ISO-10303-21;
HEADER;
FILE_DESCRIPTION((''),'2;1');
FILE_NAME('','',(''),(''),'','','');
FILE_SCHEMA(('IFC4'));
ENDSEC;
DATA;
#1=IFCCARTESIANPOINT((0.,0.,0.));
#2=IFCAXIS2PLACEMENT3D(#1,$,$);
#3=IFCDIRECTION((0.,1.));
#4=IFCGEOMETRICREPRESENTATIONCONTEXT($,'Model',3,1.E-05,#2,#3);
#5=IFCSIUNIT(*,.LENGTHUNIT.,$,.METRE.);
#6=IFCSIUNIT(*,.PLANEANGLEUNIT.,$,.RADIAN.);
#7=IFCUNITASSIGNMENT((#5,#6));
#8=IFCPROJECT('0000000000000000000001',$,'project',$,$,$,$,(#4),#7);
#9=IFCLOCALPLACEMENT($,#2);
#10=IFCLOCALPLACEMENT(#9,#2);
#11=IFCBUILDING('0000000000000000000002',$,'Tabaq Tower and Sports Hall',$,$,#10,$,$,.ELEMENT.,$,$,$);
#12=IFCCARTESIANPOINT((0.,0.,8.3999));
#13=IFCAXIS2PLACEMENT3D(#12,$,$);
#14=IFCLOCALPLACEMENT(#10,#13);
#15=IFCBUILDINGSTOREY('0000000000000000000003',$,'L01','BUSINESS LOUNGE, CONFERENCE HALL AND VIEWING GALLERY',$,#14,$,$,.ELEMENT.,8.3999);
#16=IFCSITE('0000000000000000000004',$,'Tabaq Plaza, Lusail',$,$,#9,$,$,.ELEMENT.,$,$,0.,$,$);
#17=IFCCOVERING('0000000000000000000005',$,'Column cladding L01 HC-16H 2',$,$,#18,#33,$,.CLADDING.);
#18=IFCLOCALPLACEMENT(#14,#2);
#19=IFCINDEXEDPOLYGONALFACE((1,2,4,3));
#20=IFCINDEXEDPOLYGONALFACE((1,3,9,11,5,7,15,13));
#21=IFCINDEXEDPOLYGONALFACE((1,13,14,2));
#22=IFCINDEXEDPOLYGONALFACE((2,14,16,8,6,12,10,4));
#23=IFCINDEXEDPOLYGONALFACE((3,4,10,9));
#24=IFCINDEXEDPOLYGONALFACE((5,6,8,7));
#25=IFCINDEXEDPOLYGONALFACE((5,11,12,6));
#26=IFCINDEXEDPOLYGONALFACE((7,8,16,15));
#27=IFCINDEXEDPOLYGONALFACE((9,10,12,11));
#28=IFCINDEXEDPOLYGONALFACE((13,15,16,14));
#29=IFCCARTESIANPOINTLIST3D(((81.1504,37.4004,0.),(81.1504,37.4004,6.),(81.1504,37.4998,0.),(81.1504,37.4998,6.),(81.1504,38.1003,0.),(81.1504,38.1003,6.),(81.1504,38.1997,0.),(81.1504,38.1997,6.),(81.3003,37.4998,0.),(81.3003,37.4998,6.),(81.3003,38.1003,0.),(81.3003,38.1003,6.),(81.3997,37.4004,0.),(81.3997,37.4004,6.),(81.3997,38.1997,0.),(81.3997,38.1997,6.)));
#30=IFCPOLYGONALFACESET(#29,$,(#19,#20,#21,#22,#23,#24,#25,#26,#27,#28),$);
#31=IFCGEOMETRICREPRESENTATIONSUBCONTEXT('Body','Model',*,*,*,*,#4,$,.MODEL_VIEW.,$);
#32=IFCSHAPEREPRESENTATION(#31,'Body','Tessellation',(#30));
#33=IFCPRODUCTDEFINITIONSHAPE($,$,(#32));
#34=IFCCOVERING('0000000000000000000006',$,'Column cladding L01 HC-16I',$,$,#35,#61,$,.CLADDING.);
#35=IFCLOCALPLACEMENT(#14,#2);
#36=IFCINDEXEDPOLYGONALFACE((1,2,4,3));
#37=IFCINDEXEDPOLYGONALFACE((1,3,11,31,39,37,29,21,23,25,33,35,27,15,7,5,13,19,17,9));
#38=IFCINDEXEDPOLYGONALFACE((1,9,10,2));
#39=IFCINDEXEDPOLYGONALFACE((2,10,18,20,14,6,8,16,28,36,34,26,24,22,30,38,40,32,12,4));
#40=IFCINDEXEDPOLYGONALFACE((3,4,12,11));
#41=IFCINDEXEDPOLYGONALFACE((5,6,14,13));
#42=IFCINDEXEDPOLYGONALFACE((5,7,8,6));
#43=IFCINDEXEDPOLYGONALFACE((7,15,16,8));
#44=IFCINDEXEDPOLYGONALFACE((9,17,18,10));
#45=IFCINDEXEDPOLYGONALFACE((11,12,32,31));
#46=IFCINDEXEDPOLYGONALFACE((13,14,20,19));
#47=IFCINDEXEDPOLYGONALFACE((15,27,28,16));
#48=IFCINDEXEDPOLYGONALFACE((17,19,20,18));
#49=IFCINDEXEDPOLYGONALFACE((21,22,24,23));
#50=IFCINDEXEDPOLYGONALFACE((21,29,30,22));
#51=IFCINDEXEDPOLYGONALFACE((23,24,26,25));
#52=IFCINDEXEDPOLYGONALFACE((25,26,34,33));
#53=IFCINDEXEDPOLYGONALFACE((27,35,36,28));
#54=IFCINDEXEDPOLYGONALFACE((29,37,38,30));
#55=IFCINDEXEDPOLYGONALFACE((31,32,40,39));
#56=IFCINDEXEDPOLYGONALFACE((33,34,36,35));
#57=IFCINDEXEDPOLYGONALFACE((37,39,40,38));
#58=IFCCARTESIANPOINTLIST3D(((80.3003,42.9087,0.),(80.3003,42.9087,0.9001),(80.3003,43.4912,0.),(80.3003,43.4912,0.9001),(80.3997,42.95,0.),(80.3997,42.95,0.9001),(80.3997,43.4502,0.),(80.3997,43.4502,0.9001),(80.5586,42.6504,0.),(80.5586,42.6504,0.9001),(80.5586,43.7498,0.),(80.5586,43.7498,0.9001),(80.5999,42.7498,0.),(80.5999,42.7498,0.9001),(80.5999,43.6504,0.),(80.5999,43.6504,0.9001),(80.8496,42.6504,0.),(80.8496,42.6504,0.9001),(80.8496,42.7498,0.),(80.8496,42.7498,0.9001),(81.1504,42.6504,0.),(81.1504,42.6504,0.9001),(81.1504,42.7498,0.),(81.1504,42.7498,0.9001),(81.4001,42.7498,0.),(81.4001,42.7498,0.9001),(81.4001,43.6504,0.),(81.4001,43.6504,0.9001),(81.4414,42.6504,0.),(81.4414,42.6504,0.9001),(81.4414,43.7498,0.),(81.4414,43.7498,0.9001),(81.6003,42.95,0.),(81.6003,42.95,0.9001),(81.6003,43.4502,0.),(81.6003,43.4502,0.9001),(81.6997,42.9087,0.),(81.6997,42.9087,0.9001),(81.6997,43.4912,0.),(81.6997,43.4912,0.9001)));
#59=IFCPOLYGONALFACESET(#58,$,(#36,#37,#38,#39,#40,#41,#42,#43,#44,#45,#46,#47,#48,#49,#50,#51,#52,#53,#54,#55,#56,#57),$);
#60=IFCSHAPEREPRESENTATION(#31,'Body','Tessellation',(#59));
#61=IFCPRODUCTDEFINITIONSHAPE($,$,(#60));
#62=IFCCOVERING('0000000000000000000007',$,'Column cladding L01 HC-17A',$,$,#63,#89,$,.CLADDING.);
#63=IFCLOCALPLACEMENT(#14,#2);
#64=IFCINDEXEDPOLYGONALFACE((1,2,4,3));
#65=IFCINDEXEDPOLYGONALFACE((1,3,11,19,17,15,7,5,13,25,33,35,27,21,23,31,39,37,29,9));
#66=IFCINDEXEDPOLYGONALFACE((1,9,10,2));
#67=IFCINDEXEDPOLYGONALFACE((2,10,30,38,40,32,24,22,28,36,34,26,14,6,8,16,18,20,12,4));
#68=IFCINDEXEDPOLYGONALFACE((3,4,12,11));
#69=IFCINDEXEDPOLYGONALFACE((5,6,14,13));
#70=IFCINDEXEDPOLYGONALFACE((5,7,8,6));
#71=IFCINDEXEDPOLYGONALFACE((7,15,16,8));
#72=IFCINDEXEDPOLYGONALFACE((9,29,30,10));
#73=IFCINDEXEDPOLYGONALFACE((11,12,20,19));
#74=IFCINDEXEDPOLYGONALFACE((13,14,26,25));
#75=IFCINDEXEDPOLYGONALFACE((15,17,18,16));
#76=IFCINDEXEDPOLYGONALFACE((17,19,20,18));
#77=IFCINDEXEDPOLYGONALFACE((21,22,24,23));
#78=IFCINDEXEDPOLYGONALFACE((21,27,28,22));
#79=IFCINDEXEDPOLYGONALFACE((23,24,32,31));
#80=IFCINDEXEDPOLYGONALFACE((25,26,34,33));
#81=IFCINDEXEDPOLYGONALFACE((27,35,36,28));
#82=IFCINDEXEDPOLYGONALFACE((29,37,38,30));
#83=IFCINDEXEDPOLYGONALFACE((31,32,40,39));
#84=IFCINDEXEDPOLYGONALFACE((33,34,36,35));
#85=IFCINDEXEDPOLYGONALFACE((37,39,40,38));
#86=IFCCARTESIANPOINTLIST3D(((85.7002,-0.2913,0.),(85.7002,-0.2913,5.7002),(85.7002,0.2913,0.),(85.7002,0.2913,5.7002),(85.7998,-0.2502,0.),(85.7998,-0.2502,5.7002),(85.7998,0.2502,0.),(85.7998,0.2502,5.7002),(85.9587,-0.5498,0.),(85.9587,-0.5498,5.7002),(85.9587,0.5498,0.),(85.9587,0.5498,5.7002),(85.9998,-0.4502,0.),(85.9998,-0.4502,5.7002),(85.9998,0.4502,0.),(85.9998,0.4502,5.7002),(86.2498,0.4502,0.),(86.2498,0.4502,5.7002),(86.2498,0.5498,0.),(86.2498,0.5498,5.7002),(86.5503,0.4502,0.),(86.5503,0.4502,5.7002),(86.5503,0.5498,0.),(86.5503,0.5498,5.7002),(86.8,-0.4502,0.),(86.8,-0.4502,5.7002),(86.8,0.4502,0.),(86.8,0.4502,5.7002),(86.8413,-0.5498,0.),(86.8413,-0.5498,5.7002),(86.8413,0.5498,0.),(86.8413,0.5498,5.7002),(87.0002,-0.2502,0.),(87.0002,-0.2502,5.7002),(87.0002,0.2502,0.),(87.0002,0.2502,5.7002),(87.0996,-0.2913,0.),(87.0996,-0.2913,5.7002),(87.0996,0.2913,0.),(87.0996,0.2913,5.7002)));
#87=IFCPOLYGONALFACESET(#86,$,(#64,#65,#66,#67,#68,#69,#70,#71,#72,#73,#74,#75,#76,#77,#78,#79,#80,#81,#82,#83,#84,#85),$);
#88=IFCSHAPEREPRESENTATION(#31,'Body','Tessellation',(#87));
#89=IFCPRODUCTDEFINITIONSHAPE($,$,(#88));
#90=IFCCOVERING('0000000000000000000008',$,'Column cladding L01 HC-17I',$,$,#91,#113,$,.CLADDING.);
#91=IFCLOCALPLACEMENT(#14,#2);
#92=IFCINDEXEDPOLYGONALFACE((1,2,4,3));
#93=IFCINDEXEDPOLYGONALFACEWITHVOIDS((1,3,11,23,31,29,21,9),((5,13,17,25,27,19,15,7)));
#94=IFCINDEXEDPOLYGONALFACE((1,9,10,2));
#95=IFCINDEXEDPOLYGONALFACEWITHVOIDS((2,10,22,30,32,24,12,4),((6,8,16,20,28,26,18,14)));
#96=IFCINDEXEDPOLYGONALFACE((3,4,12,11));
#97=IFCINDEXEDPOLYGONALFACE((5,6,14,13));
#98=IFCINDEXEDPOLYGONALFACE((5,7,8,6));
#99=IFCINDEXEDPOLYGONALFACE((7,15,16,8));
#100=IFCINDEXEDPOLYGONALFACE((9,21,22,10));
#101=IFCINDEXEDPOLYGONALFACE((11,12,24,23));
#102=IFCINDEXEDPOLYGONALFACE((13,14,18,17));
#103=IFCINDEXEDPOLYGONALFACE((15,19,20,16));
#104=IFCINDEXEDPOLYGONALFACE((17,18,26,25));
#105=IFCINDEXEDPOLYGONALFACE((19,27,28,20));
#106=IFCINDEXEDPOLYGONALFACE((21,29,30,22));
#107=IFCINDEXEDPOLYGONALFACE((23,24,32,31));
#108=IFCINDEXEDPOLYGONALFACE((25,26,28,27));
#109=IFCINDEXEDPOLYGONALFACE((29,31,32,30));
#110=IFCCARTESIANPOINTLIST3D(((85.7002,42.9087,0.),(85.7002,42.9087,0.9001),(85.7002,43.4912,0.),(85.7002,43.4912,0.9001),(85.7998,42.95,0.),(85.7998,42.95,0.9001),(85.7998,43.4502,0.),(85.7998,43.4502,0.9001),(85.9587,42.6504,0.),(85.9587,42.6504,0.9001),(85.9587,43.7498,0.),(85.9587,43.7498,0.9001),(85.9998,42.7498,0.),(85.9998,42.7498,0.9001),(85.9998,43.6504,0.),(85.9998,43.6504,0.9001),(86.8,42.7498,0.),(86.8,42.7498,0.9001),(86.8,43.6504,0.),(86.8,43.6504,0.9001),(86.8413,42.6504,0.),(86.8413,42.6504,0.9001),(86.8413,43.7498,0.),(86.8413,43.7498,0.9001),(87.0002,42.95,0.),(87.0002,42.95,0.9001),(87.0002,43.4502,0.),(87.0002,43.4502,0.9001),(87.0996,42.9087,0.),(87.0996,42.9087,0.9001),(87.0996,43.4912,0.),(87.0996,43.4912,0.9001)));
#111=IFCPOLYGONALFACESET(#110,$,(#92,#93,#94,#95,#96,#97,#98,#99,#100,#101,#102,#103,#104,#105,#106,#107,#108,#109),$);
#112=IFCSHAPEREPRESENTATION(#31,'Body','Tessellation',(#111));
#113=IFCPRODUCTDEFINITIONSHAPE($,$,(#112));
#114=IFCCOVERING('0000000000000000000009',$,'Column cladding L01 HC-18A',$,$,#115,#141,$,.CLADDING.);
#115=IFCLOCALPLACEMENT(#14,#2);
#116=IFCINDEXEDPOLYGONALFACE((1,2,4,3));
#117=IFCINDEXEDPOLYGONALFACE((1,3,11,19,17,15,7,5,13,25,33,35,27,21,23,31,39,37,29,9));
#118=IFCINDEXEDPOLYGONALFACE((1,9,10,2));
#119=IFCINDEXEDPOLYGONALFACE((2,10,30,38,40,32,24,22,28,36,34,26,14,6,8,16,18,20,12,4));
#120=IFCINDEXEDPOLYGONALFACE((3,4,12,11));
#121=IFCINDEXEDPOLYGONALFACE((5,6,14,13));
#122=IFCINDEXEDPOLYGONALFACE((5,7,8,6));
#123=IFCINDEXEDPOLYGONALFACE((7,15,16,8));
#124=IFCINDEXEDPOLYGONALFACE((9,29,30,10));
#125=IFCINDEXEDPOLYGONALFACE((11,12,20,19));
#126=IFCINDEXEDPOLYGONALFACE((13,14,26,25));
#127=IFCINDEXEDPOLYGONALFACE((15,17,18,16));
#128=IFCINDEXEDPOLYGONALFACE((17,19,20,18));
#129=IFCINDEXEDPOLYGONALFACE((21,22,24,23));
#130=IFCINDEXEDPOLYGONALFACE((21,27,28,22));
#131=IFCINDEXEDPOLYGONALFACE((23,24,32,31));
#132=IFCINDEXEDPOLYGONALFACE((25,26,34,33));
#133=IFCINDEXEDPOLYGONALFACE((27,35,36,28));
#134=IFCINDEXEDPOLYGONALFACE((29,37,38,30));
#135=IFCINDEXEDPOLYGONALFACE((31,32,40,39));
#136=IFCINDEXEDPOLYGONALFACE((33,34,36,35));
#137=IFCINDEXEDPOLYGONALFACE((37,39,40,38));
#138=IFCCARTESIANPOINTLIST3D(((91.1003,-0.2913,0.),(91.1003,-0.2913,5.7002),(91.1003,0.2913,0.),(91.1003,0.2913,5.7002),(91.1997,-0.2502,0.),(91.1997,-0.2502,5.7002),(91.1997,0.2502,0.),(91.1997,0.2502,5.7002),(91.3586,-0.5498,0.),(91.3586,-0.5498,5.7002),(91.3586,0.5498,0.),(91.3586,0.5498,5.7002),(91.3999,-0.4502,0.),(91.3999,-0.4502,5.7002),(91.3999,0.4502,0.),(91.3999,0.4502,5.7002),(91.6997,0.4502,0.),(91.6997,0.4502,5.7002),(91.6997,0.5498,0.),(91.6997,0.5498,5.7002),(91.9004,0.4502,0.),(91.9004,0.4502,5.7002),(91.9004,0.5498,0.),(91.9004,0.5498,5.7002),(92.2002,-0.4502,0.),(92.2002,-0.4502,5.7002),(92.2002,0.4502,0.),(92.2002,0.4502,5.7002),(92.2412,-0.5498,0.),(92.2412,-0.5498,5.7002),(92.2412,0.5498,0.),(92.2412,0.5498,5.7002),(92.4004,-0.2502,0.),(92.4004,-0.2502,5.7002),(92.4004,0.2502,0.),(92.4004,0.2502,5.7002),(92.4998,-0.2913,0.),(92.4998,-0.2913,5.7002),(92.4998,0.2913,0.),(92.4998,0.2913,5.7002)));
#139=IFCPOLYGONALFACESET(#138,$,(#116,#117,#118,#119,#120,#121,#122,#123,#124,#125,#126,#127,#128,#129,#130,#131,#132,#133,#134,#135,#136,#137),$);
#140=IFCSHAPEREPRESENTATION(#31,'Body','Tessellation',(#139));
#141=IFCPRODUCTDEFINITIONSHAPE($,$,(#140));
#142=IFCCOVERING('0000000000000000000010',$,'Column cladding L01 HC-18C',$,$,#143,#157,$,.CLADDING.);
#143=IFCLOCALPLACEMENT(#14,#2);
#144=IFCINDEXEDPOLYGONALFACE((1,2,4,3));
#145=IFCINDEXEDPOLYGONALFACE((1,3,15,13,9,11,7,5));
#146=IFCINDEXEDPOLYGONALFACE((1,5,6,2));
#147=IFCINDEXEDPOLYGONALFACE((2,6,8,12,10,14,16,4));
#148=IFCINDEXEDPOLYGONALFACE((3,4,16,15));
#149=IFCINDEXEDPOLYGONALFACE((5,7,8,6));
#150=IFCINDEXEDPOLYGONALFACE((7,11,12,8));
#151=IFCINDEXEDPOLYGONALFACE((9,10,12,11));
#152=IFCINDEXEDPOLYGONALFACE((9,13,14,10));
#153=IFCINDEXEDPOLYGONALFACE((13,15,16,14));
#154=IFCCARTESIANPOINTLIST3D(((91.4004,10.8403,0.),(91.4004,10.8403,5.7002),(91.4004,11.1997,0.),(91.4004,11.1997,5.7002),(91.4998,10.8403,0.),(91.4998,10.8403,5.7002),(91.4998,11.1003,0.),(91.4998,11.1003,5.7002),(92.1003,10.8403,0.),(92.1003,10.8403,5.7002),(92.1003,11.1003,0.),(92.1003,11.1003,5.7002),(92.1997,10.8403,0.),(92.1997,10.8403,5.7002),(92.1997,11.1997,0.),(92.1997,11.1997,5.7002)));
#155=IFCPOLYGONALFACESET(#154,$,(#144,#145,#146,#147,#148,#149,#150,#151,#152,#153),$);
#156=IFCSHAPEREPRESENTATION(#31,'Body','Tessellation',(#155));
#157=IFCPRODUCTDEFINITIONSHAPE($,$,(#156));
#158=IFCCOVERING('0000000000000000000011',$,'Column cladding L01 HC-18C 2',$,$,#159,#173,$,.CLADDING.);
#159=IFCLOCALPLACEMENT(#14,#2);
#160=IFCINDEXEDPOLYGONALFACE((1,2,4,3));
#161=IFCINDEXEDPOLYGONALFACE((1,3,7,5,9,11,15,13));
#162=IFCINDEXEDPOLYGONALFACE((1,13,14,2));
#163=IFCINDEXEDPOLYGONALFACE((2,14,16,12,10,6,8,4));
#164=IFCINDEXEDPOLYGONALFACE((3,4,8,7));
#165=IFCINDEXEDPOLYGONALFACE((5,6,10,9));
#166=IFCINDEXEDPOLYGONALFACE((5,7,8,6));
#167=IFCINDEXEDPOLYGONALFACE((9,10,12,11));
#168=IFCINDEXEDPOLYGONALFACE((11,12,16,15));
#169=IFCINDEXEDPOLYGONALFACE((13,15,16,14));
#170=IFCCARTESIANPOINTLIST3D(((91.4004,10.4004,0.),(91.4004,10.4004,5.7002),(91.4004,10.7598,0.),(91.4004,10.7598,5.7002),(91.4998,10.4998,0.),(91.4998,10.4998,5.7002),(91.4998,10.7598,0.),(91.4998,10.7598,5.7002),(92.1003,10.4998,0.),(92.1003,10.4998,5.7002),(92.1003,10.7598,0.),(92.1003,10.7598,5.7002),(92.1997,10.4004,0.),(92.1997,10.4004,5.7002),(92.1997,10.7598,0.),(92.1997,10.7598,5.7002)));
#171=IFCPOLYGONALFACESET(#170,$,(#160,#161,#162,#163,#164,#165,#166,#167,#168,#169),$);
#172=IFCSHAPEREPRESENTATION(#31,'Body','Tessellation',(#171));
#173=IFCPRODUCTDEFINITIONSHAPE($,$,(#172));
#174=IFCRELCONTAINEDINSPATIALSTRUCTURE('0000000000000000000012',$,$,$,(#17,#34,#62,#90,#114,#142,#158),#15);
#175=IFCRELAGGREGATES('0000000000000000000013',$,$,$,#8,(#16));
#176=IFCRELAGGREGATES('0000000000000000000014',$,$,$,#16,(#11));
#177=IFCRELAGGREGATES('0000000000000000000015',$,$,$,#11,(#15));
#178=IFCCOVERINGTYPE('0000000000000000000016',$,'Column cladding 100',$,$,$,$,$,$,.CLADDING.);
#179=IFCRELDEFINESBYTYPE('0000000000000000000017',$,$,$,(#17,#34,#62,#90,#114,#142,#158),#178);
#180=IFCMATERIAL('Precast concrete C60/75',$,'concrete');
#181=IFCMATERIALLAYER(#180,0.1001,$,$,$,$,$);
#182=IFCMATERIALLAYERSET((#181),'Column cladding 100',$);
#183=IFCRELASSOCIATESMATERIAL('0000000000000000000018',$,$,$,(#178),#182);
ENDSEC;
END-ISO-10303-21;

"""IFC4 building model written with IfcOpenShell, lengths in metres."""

from ifc_helpers import new_model, si_unit, direction, frame, origin, place, context, subcontext, project, spatial, polyline, outline, extrude, material, layer, layer_set, type_object, element, save


model = new_model("IFC4")

# Units and contexts
model_context = context("Model", 3, precision=1e-05, world=origin(), true_north=direction((0.0, 1.0)))
body_context = subcontext(model_context, "Body", "Model", "MODEL_VIEW")
ifc_project = project(units=[si_unit("LENGTHUNIT", "METRE"), si_unit("PLANEANGLEUNIT", "RADIAN")], contexts=[model_context])

# Site, building, storey
site_placement = place(None, origin())
site = spatial("IfcSite", under=ifc_project, at=site_placement, Name="Tabaq Plaza, Lusail", CompositionType="ELEMENT", RefElevation=0.0)
building_placement = place(site_placement, origin())
building = spatial("IfcBuilding", under=site, at=building_placement, Name="Tabaq Tower and Sports Hall", CompositionType="ELEMENT")
storey_placement = place(building_placement, frame((0.0, 0.0, 8.3999)))
storey = spatial("IfcBuildingStorey", under=building, at=storey_placement, Name="L01", Description="BUSINESS LOUNGE, CONFERENCE HALL AND VIEWING GALLERY", CompositionType="ELEMENT", Elevation=8.3999)

# Coverings
ifc_material = material(Name="Precast concrete C60/75", Category="concrete")
ifc_layer = layer(ifc_material, 0.1001)
ifc_layer_set = layer_set([ifc_layer], Name="Column cladding 100")
covering_type = type_object("IfcCoveringType", Name="Column cladding 100", PredefinedType="CLADDING", material=ifc_layer_set)
covering_1_placement = place(storey_placement, origin())
element("IfcCovering", 1, at=covering_1_placement, inside=storey, type_object=covering_type, Name="Column cladding L01 HC-16H 2", PredefinedType="CLADDING", context=body_context, shape_type="SweptSolid", body=[
    extrude(outline(polyline([(81.3997, 38.1997), (81.3997, 37.4004), (81.1504, 37.4004), (81.1504, 37.4998), (81.3003, 37.4998), (81.3003, 38.1003), (81.1504, 38.1003), (81.1504, 38.1997), (81.3997, 38.1997)])), origin(), (0.0, 0.0, 1.0), 6.0),
])
covering_2_placement = place(storey_placement, origin())
element("IfcCovering", 2, at=covering_2_placement, inside=storey, type_object=covering_type, Name="Column cladding L01 HC-16I", PredefinedType="CLADDING", context=body_context, shape_type="SweptSolid", body=[
    extrude(outline(polyline([(80.3003, 43.4912), (80.5586, 43.7498), (81.4414, 43.7498), (81.6997, 43.4912), (81.6997, 42.9087), (81.4414, 42.6504), (81.1504, 42.6504), (81.1504, 42.7498), (81.4001, 42.7498), (81.6003, 42.95), (81.6003, 43.4502), (81.4001, 43.6504), (80.5999, 43.6504), (80.3997, 43.4502), (80.3997, 42.95), (80.5999, 42.7498), (80.8496, 42.7498), (80.8496, 42.6504), (80.5586, 42.6504), (80.3003, 42.9087), (80.3003, 43.4912)])), origin(), (0.0, 0.0, 1.0), 0.9001),
])
covering_3_placement = place(storey_placement, origin())
element("IfcCovering", 3, at=covering_3_placement, inside=storey, type_object=covering_type, Name="Column cladding L01 HC-17A", PredefinedType="CLADDING", context=body_context, shape_type="SweptSolid", body=[
    extrude(outline(polyline([(85.7002, 0.2913), (85.9587, 0.5498), (86.2498, 0.5498), (86.2498, 0.4502), (85.9998, 0.4502), (85.7998, 0.2502), (85.7998, -0.2502), (85.9998, -0.4502), (86.8, -0.4502), (87.0002, -0.2502), (87.0002, 0.2502), (86.8, 0.4502), (86.5503, 0.4502), (86.5503, 0.5498), (86.8413, 0.5498), (87.0996, 0.2913), (87.0996, -0.2913), (86.8413, -0.5498), (85.9587, -0.5498), (85.7002, -0.2913), (85.7002, 0.2913)])), origin(), (0.0, 0.0, 1.0), 5.7002),
])
covering_4_placement = place(storey_placement, origin())
element("IfcCovering", 4, at=covering_4_placement, inside=storey, type_object=covering_type, Name="Column cladding L01 HC-17I", PredefinedType="CLADDING", context=body_context, shape_type="SweptSolid", body=[
    extrude(outline(polyline([(85.7002, 42.9087), (85.7002, 43.4912), (85.9587, 43.7498), (86.8413, 43.7498), (87.0996, 43.4912), (87.0996, 42.9087), (86.8413, 42.6504), (85.9587, 42.6504), (85.7002, 42.9087)]), holes=[polyline([(86.8, 42.7498), (87.0002, 42.95), (87.0002, 43.4502), (86.8, 43.6504), (85.9998, 43.6504), (85.7998, 43.4502), (85.7998, 42.95), (85.9998, 42.7498), (86.8, 42.7498)])]), origin(), (0.0, 0.0, 1.0), 0.9001),
])
covering_5_placement = place(storey_placement, origin())
element("IfcCovering", 5, at=covering_5_placement, inside=storey, type_object=covering_type, Name="Column cladding L01 HC-18A", PredefinedType="CLADDING", context=body_context, shape_type="SweptSolid", body=[
    extrude(outline(polyline([(91.1003, 0.2913), (91.3586, 0.5498), (91.6997, 0.5498), (91.6997, 0.4502), (91.3999, 0.4502), (91.1997, 0.2502), (91.1997, -0.2502), (91.3999, -0.4502), (92.2002, -0.4502), (92.4004, -0.2502), (92.4004, 0.2502), (92.2002, 0.4502), (91.9004, 0.4502), (91.9004, 0.5498), (92.2412, 0.5498), (92.4998, 0.2913), (92.4998, -0.2913), (92.2412, -0.5498), (91.3586, -0.5498), (91.1003, -0.2913), (91.1003, 0.2913)])), origin(), (0.0, 0.0, 1.0), 5.7002),
])
covering_6_placement = place(storey_placement, origin())
element("IfcCovering", 6, at=covering_6_placement, inside=storey, type_object=covering_type, Name="Column cladding L01 HC-18C", PredefinedType="CLADDING", context=body_context, shape_type="SweptSolid", body=[
    extrude(outline(polyline([(92.1997, 11.1997), (92.1997, 10.8403), (92.1003, 10.8403), (92.1003, 11.1003), (91.4998, 11.1003), (91.4998, 10.8403), (91.4004, 10.8403), (91.4004, 11.1997), (92.1997, 11.1997)])), origin(), (0.0, 0.0, 1.0), 5.7002),
])
covering_7_placement = place(storey_placement, origin())
element("IfcCovering", 7, at=covering_7_placement, inside=storey, type_object=covering_type, Name="Column cladding L01 HC-18C 2", PredefinedType="CLADDING", context=body_context, shape_type="SweptSolid", body=[
    extrude(outline(polyline([(92.1997, 10.4004), (91.4004, 10.4004), (91.4004, 10.7598), (91.4998, 10.7598), (91.4998, 10.4998), (92.1003, 10.4998), (92.1003, 10.7598), (92.1997, 10.7598), (92.1997, 10.4004)])), origin(), (0.0, 0.0, 1.0), 5.7002),
])

save(model, "model.ifc")
